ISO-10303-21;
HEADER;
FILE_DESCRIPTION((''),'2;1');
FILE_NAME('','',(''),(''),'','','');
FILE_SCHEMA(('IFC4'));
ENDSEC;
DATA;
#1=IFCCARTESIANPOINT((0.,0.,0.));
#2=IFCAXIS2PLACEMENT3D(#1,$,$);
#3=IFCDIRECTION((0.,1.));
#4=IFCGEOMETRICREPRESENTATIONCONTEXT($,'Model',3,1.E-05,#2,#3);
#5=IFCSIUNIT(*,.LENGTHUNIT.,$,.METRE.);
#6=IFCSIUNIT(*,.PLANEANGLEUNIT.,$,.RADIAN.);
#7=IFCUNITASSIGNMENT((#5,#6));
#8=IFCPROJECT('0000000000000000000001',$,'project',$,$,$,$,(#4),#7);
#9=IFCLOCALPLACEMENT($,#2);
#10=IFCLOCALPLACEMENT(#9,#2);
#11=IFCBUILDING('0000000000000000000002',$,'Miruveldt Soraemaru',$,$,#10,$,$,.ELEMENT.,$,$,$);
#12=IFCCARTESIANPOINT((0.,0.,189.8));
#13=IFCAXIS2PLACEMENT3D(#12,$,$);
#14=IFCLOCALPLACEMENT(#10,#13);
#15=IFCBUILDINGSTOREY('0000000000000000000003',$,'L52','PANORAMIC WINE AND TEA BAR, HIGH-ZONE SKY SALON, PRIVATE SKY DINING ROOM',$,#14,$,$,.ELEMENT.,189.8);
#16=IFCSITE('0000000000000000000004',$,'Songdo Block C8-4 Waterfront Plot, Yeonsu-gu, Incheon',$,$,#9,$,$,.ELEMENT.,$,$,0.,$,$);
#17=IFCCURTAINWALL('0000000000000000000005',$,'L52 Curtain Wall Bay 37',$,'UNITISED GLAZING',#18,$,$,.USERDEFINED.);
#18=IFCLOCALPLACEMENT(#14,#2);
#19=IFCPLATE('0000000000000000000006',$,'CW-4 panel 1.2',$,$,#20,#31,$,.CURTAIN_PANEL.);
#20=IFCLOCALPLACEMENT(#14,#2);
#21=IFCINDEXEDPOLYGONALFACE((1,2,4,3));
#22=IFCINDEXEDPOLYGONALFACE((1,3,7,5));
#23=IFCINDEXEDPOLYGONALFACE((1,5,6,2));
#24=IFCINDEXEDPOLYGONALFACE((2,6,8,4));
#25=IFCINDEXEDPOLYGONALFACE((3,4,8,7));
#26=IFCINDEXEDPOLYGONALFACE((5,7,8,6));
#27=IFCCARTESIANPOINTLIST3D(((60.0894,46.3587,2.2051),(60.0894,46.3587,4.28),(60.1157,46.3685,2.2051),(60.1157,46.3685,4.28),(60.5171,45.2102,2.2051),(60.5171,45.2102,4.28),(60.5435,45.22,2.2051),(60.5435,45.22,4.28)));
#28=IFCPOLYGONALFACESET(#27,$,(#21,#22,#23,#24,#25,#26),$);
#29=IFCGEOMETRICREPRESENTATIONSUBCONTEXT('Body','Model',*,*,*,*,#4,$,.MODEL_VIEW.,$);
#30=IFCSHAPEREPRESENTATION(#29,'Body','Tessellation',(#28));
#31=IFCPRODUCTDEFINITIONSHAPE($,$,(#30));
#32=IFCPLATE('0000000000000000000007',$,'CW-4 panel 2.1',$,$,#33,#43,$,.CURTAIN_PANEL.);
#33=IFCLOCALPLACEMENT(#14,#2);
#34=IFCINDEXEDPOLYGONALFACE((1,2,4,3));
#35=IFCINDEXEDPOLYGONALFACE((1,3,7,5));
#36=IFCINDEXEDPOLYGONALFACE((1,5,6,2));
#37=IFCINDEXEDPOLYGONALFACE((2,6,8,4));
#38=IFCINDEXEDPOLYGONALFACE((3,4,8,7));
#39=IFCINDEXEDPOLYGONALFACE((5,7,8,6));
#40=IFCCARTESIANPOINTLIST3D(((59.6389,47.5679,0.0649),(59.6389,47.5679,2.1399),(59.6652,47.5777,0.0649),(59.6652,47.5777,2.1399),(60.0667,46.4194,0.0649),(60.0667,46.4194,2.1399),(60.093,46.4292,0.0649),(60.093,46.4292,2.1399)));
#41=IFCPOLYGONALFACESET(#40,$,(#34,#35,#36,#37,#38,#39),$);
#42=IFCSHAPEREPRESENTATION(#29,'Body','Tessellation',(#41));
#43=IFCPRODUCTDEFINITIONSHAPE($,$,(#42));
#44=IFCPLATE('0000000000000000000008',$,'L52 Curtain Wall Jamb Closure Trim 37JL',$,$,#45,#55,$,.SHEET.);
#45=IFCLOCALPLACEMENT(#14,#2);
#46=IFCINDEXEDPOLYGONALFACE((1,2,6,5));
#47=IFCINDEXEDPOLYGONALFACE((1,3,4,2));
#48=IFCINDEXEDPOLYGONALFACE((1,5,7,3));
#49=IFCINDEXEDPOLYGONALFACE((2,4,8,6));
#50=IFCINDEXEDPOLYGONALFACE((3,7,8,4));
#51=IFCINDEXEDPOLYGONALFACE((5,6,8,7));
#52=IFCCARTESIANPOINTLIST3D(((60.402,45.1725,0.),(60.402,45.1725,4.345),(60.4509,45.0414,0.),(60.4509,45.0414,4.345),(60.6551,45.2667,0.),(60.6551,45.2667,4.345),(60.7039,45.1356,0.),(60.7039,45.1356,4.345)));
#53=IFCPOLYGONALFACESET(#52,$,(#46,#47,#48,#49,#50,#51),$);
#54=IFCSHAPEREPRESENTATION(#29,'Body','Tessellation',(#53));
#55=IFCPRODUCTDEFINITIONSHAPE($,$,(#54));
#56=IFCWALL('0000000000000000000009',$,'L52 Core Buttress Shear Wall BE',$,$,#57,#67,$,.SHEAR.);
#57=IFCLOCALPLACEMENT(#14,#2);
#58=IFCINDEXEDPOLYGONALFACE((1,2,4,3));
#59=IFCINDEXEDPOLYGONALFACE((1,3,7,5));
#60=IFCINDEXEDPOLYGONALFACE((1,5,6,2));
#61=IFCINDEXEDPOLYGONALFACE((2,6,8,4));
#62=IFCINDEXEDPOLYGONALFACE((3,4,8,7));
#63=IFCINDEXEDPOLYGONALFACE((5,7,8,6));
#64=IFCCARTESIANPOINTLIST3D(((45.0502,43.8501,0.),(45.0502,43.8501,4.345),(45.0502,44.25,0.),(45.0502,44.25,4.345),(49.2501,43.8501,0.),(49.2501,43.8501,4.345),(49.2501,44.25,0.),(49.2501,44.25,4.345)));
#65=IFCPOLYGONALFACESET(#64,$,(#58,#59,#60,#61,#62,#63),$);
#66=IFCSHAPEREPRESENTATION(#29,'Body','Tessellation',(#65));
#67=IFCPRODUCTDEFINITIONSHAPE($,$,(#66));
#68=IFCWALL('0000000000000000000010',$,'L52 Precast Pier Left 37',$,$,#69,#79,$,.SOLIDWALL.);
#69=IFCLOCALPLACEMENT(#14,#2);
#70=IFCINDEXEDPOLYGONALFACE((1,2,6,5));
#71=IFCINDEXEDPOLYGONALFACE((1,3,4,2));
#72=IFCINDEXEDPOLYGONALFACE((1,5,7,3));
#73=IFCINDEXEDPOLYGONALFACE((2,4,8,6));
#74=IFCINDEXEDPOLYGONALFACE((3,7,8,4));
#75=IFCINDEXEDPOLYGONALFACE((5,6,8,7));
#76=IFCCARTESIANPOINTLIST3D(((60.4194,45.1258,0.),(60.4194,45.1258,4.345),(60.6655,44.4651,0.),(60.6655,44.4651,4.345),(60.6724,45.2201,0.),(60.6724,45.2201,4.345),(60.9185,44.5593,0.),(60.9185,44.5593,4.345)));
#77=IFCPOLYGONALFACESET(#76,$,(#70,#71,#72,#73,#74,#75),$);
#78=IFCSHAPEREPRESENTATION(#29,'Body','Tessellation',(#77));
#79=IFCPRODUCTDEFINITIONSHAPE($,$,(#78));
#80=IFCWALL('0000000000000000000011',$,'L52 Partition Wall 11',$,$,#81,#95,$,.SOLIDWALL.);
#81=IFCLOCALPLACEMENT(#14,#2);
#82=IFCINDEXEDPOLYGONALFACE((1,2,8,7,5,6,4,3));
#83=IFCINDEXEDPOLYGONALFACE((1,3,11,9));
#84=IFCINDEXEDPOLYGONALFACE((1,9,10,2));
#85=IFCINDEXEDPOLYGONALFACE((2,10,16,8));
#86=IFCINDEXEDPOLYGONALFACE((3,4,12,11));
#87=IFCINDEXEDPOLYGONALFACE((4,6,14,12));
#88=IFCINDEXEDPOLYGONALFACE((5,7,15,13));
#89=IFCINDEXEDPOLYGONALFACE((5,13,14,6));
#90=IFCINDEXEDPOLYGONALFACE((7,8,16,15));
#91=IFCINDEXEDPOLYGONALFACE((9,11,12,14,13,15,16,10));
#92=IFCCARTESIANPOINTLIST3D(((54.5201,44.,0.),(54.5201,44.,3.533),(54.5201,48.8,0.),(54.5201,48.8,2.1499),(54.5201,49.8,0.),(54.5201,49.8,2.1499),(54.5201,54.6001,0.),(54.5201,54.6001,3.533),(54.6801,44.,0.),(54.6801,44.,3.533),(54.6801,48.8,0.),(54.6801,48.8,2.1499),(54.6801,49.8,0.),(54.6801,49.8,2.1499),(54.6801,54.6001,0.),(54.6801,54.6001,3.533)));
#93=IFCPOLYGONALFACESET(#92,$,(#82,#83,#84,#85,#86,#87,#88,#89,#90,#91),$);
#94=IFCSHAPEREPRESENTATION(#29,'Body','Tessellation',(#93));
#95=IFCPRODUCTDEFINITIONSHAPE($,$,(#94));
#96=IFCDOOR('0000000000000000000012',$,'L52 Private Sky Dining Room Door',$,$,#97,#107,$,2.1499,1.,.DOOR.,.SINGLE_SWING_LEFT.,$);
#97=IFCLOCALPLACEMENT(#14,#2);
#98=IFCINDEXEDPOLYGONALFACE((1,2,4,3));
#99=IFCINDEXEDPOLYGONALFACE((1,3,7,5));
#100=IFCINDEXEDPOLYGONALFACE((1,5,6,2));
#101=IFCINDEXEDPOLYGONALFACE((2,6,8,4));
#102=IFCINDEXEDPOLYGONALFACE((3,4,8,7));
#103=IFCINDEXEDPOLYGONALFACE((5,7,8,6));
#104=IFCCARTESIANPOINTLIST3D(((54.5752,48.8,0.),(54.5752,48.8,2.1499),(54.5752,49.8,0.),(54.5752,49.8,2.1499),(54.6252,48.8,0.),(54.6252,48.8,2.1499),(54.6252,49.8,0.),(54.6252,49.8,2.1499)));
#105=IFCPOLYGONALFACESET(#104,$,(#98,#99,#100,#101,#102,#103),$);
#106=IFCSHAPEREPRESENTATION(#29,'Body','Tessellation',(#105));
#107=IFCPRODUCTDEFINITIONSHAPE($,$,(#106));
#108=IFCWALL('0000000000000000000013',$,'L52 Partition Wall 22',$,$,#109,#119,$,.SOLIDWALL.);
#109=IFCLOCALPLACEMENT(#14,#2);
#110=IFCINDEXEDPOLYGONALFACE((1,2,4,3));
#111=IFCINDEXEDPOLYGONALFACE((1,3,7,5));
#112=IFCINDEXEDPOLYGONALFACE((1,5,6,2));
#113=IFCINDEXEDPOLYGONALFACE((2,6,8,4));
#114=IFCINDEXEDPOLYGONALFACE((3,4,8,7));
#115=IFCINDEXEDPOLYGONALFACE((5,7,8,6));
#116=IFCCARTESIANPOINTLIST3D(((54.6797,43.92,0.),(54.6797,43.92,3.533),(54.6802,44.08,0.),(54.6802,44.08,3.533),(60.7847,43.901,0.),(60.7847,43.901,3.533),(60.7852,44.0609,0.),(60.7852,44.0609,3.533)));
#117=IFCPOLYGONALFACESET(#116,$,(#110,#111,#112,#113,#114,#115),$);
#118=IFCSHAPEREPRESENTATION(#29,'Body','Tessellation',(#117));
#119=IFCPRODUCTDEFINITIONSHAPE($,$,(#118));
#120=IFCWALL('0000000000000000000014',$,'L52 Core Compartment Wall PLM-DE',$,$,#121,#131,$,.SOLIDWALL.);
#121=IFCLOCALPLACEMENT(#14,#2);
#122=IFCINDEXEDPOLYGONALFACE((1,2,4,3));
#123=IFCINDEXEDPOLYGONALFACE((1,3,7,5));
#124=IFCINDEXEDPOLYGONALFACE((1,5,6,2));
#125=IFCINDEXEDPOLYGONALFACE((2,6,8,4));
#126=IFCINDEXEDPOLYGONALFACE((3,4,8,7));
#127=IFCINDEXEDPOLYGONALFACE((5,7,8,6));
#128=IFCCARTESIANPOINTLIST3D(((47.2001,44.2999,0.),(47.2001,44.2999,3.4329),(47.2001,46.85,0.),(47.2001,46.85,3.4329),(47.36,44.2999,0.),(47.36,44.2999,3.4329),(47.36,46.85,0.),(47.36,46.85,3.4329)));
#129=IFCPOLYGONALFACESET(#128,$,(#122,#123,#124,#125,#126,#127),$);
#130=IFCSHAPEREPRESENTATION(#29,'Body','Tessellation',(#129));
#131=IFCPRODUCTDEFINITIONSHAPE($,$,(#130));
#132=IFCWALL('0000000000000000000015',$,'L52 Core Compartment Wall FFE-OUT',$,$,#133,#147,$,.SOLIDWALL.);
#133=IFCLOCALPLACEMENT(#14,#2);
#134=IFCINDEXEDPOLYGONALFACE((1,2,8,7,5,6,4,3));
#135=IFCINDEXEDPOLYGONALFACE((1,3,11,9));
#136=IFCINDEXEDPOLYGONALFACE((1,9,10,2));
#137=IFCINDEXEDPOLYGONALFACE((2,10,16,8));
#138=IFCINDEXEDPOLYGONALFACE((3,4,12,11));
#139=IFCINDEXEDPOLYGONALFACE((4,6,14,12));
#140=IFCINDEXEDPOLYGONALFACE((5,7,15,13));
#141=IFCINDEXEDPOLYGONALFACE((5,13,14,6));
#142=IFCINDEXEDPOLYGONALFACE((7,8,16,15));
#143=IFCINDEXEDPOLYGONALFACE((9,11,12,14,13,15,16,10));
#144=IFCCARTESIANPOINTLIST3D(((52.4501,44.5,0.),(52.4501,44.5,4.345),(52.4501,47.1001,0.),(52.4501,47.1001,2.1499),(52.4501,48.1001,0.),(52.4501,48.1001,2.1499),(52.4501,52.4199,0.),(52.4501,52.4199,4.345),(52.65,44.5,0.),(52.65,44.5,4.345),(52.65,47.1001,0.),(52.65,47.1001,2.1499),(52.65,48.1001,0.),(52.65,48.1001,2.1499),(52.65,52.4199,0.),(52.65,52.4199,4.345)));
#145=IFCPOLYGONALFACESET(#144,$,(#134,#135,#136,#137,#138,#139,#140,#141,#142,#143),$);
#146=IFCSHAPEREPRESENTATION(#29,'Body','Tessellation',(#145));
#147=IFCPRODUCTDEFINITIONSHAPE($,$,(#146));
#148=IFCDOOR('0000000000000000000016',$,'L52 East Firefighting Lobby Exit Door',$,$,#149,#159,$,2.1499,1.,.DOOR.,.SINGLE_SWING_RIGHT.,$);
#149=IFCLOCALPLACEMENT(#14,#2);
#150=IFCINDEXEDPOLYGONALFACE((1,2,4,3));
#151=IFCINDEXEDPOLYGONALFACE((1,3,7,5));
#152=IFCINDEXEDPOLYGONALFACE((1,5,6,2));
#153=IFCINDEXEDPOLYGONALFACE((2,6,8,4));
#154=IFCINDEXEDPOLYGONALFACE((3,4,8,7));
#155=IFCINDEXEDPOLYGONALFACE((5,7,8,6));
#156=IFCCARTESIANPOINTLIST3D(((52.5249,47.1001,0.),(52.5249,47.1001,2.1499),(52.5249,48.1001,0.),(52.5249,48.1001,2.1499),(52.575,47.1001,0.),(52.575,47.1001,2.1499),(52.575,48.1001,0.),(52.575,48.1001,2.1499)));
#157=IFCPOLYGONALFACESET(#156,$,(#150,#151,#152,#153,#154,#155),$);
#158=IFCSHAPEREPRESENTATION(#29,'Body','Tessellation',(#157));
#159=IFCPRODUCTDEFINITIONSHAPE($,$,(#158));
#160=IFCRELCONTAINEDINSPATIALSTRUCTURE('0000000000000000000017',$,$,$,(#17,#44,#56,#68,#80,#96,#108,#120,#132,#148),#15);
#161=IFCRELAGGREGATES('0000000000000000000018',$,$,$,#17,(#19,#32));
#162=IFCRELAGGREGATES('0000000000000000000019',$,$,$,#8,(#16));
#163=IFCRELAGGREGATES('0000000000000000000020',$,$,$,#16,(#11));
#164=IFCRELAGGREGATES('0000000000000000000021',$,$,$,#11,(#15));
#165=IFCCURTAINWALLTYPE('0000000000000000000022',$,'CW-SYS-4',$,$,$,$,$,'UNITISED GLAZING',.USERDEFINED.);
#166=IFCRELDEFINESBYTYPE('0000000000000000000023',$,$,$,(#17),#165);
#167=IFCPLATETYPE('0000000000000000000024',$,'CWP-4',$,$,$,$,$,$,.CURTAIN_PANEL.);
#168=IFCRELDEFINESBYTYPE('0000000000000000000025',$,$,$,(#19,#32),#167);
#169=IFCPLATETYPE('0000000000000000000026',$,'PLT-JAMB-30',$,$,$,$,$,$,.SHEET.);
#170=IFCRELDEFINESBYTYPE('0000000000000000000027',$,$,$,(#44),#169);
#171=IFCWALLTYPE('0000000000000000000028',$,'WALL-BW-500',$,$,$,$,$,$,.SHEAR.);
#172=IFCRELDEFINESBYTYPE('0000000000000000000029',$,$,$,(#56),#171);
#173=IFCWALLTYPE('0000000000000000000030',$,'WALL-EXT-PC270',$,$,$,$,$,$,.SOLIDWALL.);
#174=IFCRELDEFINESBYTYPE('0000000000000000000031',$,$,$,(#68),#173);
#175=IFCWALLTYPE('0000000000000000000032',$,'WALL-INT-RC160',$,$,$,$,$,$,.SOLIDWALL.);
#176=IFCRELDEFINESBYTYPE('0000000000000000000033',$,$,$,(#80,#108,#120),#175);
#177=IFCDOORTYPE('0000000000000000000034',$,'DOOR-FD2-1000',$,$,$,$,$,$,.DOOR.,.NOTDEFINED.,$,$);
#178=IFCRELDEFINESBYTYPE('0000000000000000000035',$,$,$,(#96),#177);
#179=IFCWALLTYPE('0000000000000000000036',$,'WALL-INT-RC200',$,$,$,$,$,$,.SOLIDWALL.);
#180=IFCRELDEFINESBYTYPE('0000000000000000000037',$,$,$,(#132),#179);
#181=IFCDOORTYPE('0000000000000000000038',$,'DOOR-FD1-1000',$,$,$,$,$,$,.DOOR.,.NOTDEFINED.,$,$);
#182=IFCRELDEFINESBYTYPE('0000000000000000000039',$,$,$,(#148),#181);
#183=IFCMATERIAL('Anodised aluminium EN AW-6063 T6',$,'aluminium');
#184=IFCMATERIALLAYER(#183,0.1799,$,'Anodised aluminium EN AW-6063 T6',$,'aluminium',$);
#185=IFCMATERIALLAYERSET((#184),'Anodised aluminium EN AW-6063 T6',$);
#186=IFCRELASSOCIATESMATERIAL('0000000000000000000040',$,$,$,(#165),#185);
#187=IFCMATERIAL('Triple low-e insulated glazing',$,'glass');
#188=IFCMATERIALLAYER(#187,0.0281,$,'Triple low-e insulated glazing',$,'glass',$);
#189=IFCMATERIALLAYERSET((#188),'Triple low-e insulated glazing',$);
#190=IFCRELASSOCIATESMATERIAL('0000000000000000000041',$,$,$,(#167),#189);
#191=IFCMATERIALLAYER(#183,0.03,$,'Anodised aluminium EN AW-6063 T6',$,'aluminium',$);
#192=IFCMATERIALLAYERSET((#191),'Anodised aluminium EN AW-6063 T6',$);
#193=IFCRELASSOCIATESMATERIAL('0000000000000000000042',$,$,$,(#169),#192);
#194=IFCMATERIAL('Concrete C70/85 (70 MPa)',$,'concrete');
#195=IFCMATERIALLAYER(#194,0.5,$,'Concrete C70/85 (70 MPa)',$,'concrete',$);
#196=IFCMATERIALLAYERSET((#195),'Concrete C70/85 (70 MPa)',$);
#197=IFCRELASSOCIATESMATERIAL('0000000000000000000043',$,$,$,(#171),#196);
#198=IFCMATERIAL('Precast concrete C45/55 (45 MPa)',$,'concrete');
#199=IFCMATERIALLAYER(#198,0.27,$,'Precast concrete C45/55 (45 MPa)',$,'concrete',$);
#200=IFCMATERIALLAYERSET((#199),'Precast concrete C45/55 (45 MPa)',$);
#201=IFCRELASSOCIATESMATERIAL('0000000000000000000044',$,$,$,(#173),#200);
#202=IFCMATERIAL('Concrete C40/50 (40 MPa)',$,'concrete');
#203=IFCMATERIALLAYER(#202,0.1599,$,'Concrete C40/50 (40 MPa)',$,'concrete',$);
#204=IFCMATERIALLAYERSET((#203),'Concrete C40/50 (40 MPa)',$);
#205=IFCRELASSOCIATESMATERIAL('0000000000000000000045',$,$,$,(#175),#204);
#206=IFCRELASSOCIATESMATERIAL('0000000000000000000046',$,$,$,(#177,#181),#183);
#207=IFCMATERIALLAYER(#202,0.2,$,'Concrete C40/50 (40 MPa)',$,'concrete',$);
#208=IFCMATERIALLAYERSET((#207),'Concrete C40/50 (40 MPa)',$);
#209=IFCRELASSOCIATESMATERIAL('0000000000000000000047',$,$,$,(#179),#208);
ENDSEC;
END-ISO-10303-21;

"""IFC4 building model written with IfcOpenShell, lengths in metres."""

from ifc_helpers import new_model, si_unit, direction, frame, frame_2d, origin, origin_2d, place, context, subcontext, project, spatial, rectangle, extrude, material, layer, layer_set, type_object, element, fill, aggregate, save


model = new_model("IFC4")

# Units and contexts
model_context = context("Model", 3, precision=1e-05, world=origin(), true_north=direction((0.0, 1.0)))
body_context = subcontext(model_context, "Body", "Model", "MODEL_VIEW")
ifc_project = project(units=[si_unit("LENGTHUNIT", "METRE"), si_unit("PLANEANGLEUNIT", "RADIAN")], contexts=[model_context])

# Site, building, storey
site_placement = place(None, origin())
site = spatial("IfcSite", under=ifc_project, at=site_placement, Name="Songdo Block C8-4 Waterfront Plot, Yeonsu-gu, Incheon", CompositionType="ELEMENT", RefElevation=0.0)
building_placement = place(site_placement, origin())
building = spatial("IfcBuilding", under=site, at=building_placement, Name="Miruveldt Soraemaru", CompositionType="ELEMENT")
storey_placement = place(building_placement, frame((0.0, 0.0, 189.8)))
storey = spatial("IfcBuildingStorey", under=building, at=storey_placement, Name="L52", Description="PANORAMIC WINE AND TEA BAR, HIGH-ZONE SKY SALON, PRIVATE SKY DINING ROOM", CompositionType="ELEMENT", Elevation=189.8)

# Curtain wall, plates
ifc_material_1 = material(Name="Anodised aluminium EN AW-6063 T6", Category="aluminium")
ifc_layer_1 = layer(ifc_material_1, 0.1799, Name="Anodised aluminium EN AW-6063 T6", Category="aluminium")
ifc_layer_set_1 = layer_set([ifc_layer_1], Name="Anodised aluminium EN AW-6063 T6")
curtain_wall_type = type_object("IfcCurtainWallType", Name="CW-SYS-4", ElementType="UNITISED GLAZING", PredefinedType="USERDEFINED", material=ifc_layer_set_1)
curtain_wall_placement = place(storey_placement, origin())
curtain_wall = element("IfcCurtainWall", 1, at=curtain_wall_placement, inside=storey, type_object=curtain_wall_type, Name="L52 Curtain Wall Bay 37", ObjectType="UNITISED GLAZING", PredefinedType="USERDEFINED")
ifc_material_2 = material(Name="Triple low-e insulated glazing", Category="glass")
ifc_layer_2 = layer(ifc_material_2, 0.0281, Name="Triple low-e insulated glazing", Category="glass")
ifc_layer_set_2 = layer_set([ifc_layer_2], Name="Triple low-e insulated glazing")
plate_type_1 = type_object("IfcPlateType", Name="CWP-4", PredefinedType="CURTAIN_PANEL", material=ifc_layer_set_2)
plate_1_placement = place(storey_placement, frame((60.3164, 45.7893, 2.2051), z_axis=(0.0, 0.0, 1.0), x_axis=(-0.349052, 0.937103, 0.0)))
plate_1 = element("IfcPlate", 2, at=plate_1_placement, type_object=plate_type_1, Name="CW-4 panel 1.2", PredefinedType="CURTAIN_PANEL", context=body_context, shape_type="SweptSolid", body=[
    extrude(rectangle(XDim=1.2256, YDim=0.0281, at=origin_2d()), origin(), (0.0, 0.0, 1.0), 2.075),
])
plate_2_placement = place(storey_placement, frame((59.866, 46.9985, 0.0649), z_axis=(0.0, 0.0, 1.0), x_axis=(-0.349052, 0.937103, 0.0)))
plate_2 = element("IfcPlate", 3, at=plate_2_placement, type_object=plate_type_1, Name="CW-4 panel 2.1", PredefinedType="CURTAIN_PANEL", context=body_context, shape_type="SweptSolid", body=[
    extrude(rectangle(XDim=1.2256, YDim=0.0281, at=origin_2d()), origin(), (0.0, 0.0, 1.0), 2.075),
])
aggregate(curtain_wall, [plate_1, plate_2])

# Plate
ifc_layer_3 = layer(ifc_material_1, 0.03, Name="Anodised aluminium EN AW-6063 T6", Category="aluminium")
ifc_layer_set_3 = layer_set([ifc_layer_3], Name="Anodised aluminium EN AW-6063 T6")
plate_type_2 = type_object("IfcPlateType", Name="PLT-JAMB-30", PredefinedType="SHEET", material=ifc_layer_set_3)
plate_3_placement = place(storey_placement, frame((60.553, 45.1541, 0.0), z_axis=(0.0, 0.0, 1.0), x_axis=(-0.349046, 0.937105, 0.0)))
element("IfcPlate", 4, at=plate_3_placement, inside=storey, type_object=plate_type_2, Name="L52 Curtain Wall Jamb Closure Trim 37JL", PredefinedType="SHEET", context=body_context, shape_type="SweptSolid", body=[
    extrude(rectangle(XDim=0.1399, YDim=0.27, at=origin_2d()), origin(), (0.0, 0.0, 1.0), 4.345),
])

# Walls
ifc_material_3 = material(Name="Concrete C70/85 (70 MPa)", Category="concrete")
ifc_layer_4 = layer(ifc_material_3, 0.5, Name="Concrete C70/85 (70 MPa)", Category="concrete")
ifc_layer_set_4 = layer_set([ifc_layer_4], Name="Concrete C70/85 (70 MPa)")
wall_type_1 = type_object("IfcWallType", Name="WALL-BW-500", PredefinedType="SHEAR", material=ifc_layer_set_4)
wall_1_placement = place(storey_placement, frame((45.05, 44.05, 0.0), z_axis=(0.0, 0.0, 1.0), x_axis=(1.0, 0.0, 0.0)))
element("IfcWall", 5, at=wall_1_placement, inside=storey, type_object=wall_type_1, Name="L52 Core Buttress Shear Wall BE", PredefinedType="SHEAR", context=body_context, shape_type="SweptSolid", body=[
    extrude(rectangle(XDim=4.2, YDim=0.3999, at=frame_2d((2.1001, 0.0))), origin(), (0.0, 0.0, 1.0), 4.345),
])
ifc_material_4 = material(Name="Precast concrete C45/55 (45 MPa)", Category="concrete")
ifc_layer_5 = layer(ifc_material_4, 0.27, Name="Precast concrete C45/55 (45 MPa)", Category="concrete")
ifc_layer_set_5 = layer_set([ifc_layer_5], Name="Precast concrete C45/55 (45 MPa)")
wall_type_2 = type_object("IfcWallType", Name="WALL-EXT-PC270", PredefinedType="SOLIDWALL", material=ifc_layer_set_5)
wall_2_placement = place(storey_placement, frame((60.792, 44.5122, 0.0), z_axis=(0.0, 0.0, 1.0), x_axis=(-0.349073, 0.937095, 0.0)))
element("IfcWall", 6, at=wall_2_placement, inside=storey, type_object=wall_type_2, Name="L52 Precast Pier Left 37", PredefinedType="SOLIDWALL", context=body_context, shape_type="SweptSolid", body=[
    extrude(rectangle(XDim=0.7051, YDim=0.27, at=frame_2d((0.3525, 0.0))), origin(), (0.0, 0.0, 1.0), 4.345),
])

# Wall, opening, door
ifc_material_5 = material(Name="Concrete C40/50 (40 MPa)", Category="concrete")
ifc_layer_6 = layer(ifc_material_5, 0.1599, Name="Concrete C40/50 (40 MPa)", Category="concrete")
ifc_layer_set_6 = layer_set([ifc_layer_6], Name="Concrete C40/50 (40 MPa)")
wall_type_3 = type_object("IfcWallType", Name="WALL-INT-RC160", PredefinedType="SOLIDWALL", material=ifc_layer_set_6)
wall_3_placement = place(storey_placement, frame((54.6001, 44.0, 0.0), z_axis=(0.0, 0.0, 1.0), x_axis=(0.0, 1.0, 0.0)))
wall_3 = element("IfcWall", 7, at=wall_3_placement, inside=storey, type_object=wall_type_3, Name="L52 Partition Wall 11", PredefinedType="SOLIDWALL", context=body_context, shape_type="SweptSolid", body=[
    extrude(rectangle(XDim=10.6001, YDim=0.1599, at=frame_2d((5.3, 0.0))), origin(), (0.0, 0.0, 1.0), 3.533),
])
opening_1_placement = place(wall_3_placement, frame((4.8, 0.0, 0.0)))
opening_1 = element("IfcOpeningElement", 8, at=opening_1_placement, cuts=wall_3, PredefinedType="OPENING", context=body_context, shape_type="SweptSolid", body=[
    extrude(rectangle(XDim=1.0, YDim=2.1499, at=frame_2d((0.5, 1.075))), frame((0.0, 0.0898, 0.0), z_axis=(0.0, -1.0, 0.0), x_axis=(1.0, 0.0, 0.0)), (0.0, 0.0, 1.0), 0.1799),
])
door_type_1 = type_object("IfcDoorType", Name="DOOR-FD2-1000", OperationType="NOTDEFINED", PredefinedType="DOOR", material=ifc_material_1)
door_1_placement = place(opening_1_placement, origin())
door_1 = element("IfcDoor", 9, at=door_1_placement, inside=storey, type_object=door_type_1, Name="L52 Private Sky Dining Room Door", OperationType="SINGLE_SWING_LEFT", OverallHeight=2.1499, OverallWidth=1.0, PredefinedType="DOOR", context=body_context, shape_type="SweptSolid", body=[
    extrude(rectangle(XDim=1.0, YDim=2.1499, at=frame_2d((0.5, 1.075))), frame((0.0, 0.0249, 0.0), z_axis=(0.0, -1.0, 0.0), x_axis=(1.0, 0.0, 0.0)), (0.0, 0.0, 1.0), 0.05),
])
fill(opening_1, door_1)

# Walls
wall_4_placement = place(storey_placement, frame((60.7849, 43.981, 0.0), z_axis=(0.0, 0.0, 1.0), x_axis=(-0.999995, 0.003119, 0.0)))
element("IfcWall", 10, at=wall_4_placement, inside=storey, type_object=wall_type_3, Name="L52 Partition Wall 22", PredefinedType="SOLIDWALL", context=body_context, shape_type="SweptSolid", body=[
    extrude(rectangle(XDim=6.105, YDim=0.1599, at=frame_2d((3.0525, 0.0))), origin(), (0.0, 0.0, 1.0), 3.533),
])
wall_5_placement = place(storey_placement, frame((47.28, 44.3, 0.0), z_axis=(0.0, 0.0, 1.0), x_axis=(0.0, 1.0, 0.0)))
element("IfcWall", 11, at=wall_5_placement, inside=storey, type_object=wall_type_3, Name="L52 Core Compartment Wall PLM-DE", PredefinedType="SOLIDWALL", context=body_context, shape_type="SweptSolid", body=[
    extrude(rectangle(XDim=2.55, YDim=0.1599, at=frame_2d((1.2749, 0.0))), origin(), (0.0, 0.0, 1.0), 3.4329),
])

# Wall, opening, door
ifc_layer_7 = layer(ifc_material_5, 0.2, Name="Concrete C40/50 (40 MPa)", Category="concrete")
ifc_layer_set_7 = layer_set([ifc_layer_7], Name="Concrete C40/50 (40 MPa)")
wall_type_4 = type_object("IfcWallType", Name="WALL-INT-RC200", PredefinedType="SOLIDWALL", material=ifc_layer_set_7)
wall_6_placement = place(storey_placement, frame((52.55, 44.5, 0.0), z_axis=(0.0, 0.0, 1.0), x_axis=(0.0, 1.0, 0.0)))
wall_6 = element("IfcWall", 12, at=wall_6_placement, inside=storey, type_object=wall_type_4, Name="L52 Core Compartment Wall FFE-OUT", PredefinedType="SOLIDWALL", context=body_context, shape_type="SweptSolid", body=[
    extrude(rectangle(XDim=7.9199, YDim=0.2, at=frame_2d((3.96, 0.0))), origin(), (0.0, 0.0, 1.0), 4.345),
])
opening_2_placement = place(wall_6_placement, frame((2.6001, 0.0, 0.0)))
opening_2 = element("IfcOpeningElement", 13, at=opening_2_placement, cuts=wall_6, PredefinedType="OPENING", context=body_context, shape_type="SweptSolid", body=[
    extrude(rectangle(XDim=1.0, YDim=2.1499, at=frame_2d((0.5, 1.075))), frame((0.0, 0.1099, 0.0), z_axis=(0.0, -1.0, 0.0), x_axis=(1.0, 0.0, 0.0)), (0.0, 0.0, 1.0), 0.22),
])
door_type_2 = type_object("IfcDoorType", Name="DOOR-FD1-1000", OperationType="NOTDEFINED", PredefinedType="DOOR", material=ifc_material_1)
door_2_placement = place(opening_2_placement, frame((1.0, 0.0, 0.0), z_axis=(0.0, 0.0, 1.0), x_axis=(-1.0, 0.0, 0.0)))
door_2 = element("IfcDoor", 14, at=door_2_placement, inside=storey, type_object=door_type_2, Name="L52 East Firefighting Lobby Exit Door", OperationType="SINGLE_SWING_RIGHT", OverallHeight=2.1499, OverallWidth=1.0, PredefinedType="DOOR", context=body_context, shape_type="SweptSolid", body=[
    extrude(rectangle(XDim=1.0, YDim=2.1499, at=frame_2d((0.5, 1.075))), frame((0.0, 0.0249, 0.0), z_axis=(0.0, -1.0, 0.0), x_axis=(1.0, 0.0, 0.0)), (0.0, 0.0, 1.0), 0.05),
])
fill(opening_2, door_2)

save(model, "model.ifc")
